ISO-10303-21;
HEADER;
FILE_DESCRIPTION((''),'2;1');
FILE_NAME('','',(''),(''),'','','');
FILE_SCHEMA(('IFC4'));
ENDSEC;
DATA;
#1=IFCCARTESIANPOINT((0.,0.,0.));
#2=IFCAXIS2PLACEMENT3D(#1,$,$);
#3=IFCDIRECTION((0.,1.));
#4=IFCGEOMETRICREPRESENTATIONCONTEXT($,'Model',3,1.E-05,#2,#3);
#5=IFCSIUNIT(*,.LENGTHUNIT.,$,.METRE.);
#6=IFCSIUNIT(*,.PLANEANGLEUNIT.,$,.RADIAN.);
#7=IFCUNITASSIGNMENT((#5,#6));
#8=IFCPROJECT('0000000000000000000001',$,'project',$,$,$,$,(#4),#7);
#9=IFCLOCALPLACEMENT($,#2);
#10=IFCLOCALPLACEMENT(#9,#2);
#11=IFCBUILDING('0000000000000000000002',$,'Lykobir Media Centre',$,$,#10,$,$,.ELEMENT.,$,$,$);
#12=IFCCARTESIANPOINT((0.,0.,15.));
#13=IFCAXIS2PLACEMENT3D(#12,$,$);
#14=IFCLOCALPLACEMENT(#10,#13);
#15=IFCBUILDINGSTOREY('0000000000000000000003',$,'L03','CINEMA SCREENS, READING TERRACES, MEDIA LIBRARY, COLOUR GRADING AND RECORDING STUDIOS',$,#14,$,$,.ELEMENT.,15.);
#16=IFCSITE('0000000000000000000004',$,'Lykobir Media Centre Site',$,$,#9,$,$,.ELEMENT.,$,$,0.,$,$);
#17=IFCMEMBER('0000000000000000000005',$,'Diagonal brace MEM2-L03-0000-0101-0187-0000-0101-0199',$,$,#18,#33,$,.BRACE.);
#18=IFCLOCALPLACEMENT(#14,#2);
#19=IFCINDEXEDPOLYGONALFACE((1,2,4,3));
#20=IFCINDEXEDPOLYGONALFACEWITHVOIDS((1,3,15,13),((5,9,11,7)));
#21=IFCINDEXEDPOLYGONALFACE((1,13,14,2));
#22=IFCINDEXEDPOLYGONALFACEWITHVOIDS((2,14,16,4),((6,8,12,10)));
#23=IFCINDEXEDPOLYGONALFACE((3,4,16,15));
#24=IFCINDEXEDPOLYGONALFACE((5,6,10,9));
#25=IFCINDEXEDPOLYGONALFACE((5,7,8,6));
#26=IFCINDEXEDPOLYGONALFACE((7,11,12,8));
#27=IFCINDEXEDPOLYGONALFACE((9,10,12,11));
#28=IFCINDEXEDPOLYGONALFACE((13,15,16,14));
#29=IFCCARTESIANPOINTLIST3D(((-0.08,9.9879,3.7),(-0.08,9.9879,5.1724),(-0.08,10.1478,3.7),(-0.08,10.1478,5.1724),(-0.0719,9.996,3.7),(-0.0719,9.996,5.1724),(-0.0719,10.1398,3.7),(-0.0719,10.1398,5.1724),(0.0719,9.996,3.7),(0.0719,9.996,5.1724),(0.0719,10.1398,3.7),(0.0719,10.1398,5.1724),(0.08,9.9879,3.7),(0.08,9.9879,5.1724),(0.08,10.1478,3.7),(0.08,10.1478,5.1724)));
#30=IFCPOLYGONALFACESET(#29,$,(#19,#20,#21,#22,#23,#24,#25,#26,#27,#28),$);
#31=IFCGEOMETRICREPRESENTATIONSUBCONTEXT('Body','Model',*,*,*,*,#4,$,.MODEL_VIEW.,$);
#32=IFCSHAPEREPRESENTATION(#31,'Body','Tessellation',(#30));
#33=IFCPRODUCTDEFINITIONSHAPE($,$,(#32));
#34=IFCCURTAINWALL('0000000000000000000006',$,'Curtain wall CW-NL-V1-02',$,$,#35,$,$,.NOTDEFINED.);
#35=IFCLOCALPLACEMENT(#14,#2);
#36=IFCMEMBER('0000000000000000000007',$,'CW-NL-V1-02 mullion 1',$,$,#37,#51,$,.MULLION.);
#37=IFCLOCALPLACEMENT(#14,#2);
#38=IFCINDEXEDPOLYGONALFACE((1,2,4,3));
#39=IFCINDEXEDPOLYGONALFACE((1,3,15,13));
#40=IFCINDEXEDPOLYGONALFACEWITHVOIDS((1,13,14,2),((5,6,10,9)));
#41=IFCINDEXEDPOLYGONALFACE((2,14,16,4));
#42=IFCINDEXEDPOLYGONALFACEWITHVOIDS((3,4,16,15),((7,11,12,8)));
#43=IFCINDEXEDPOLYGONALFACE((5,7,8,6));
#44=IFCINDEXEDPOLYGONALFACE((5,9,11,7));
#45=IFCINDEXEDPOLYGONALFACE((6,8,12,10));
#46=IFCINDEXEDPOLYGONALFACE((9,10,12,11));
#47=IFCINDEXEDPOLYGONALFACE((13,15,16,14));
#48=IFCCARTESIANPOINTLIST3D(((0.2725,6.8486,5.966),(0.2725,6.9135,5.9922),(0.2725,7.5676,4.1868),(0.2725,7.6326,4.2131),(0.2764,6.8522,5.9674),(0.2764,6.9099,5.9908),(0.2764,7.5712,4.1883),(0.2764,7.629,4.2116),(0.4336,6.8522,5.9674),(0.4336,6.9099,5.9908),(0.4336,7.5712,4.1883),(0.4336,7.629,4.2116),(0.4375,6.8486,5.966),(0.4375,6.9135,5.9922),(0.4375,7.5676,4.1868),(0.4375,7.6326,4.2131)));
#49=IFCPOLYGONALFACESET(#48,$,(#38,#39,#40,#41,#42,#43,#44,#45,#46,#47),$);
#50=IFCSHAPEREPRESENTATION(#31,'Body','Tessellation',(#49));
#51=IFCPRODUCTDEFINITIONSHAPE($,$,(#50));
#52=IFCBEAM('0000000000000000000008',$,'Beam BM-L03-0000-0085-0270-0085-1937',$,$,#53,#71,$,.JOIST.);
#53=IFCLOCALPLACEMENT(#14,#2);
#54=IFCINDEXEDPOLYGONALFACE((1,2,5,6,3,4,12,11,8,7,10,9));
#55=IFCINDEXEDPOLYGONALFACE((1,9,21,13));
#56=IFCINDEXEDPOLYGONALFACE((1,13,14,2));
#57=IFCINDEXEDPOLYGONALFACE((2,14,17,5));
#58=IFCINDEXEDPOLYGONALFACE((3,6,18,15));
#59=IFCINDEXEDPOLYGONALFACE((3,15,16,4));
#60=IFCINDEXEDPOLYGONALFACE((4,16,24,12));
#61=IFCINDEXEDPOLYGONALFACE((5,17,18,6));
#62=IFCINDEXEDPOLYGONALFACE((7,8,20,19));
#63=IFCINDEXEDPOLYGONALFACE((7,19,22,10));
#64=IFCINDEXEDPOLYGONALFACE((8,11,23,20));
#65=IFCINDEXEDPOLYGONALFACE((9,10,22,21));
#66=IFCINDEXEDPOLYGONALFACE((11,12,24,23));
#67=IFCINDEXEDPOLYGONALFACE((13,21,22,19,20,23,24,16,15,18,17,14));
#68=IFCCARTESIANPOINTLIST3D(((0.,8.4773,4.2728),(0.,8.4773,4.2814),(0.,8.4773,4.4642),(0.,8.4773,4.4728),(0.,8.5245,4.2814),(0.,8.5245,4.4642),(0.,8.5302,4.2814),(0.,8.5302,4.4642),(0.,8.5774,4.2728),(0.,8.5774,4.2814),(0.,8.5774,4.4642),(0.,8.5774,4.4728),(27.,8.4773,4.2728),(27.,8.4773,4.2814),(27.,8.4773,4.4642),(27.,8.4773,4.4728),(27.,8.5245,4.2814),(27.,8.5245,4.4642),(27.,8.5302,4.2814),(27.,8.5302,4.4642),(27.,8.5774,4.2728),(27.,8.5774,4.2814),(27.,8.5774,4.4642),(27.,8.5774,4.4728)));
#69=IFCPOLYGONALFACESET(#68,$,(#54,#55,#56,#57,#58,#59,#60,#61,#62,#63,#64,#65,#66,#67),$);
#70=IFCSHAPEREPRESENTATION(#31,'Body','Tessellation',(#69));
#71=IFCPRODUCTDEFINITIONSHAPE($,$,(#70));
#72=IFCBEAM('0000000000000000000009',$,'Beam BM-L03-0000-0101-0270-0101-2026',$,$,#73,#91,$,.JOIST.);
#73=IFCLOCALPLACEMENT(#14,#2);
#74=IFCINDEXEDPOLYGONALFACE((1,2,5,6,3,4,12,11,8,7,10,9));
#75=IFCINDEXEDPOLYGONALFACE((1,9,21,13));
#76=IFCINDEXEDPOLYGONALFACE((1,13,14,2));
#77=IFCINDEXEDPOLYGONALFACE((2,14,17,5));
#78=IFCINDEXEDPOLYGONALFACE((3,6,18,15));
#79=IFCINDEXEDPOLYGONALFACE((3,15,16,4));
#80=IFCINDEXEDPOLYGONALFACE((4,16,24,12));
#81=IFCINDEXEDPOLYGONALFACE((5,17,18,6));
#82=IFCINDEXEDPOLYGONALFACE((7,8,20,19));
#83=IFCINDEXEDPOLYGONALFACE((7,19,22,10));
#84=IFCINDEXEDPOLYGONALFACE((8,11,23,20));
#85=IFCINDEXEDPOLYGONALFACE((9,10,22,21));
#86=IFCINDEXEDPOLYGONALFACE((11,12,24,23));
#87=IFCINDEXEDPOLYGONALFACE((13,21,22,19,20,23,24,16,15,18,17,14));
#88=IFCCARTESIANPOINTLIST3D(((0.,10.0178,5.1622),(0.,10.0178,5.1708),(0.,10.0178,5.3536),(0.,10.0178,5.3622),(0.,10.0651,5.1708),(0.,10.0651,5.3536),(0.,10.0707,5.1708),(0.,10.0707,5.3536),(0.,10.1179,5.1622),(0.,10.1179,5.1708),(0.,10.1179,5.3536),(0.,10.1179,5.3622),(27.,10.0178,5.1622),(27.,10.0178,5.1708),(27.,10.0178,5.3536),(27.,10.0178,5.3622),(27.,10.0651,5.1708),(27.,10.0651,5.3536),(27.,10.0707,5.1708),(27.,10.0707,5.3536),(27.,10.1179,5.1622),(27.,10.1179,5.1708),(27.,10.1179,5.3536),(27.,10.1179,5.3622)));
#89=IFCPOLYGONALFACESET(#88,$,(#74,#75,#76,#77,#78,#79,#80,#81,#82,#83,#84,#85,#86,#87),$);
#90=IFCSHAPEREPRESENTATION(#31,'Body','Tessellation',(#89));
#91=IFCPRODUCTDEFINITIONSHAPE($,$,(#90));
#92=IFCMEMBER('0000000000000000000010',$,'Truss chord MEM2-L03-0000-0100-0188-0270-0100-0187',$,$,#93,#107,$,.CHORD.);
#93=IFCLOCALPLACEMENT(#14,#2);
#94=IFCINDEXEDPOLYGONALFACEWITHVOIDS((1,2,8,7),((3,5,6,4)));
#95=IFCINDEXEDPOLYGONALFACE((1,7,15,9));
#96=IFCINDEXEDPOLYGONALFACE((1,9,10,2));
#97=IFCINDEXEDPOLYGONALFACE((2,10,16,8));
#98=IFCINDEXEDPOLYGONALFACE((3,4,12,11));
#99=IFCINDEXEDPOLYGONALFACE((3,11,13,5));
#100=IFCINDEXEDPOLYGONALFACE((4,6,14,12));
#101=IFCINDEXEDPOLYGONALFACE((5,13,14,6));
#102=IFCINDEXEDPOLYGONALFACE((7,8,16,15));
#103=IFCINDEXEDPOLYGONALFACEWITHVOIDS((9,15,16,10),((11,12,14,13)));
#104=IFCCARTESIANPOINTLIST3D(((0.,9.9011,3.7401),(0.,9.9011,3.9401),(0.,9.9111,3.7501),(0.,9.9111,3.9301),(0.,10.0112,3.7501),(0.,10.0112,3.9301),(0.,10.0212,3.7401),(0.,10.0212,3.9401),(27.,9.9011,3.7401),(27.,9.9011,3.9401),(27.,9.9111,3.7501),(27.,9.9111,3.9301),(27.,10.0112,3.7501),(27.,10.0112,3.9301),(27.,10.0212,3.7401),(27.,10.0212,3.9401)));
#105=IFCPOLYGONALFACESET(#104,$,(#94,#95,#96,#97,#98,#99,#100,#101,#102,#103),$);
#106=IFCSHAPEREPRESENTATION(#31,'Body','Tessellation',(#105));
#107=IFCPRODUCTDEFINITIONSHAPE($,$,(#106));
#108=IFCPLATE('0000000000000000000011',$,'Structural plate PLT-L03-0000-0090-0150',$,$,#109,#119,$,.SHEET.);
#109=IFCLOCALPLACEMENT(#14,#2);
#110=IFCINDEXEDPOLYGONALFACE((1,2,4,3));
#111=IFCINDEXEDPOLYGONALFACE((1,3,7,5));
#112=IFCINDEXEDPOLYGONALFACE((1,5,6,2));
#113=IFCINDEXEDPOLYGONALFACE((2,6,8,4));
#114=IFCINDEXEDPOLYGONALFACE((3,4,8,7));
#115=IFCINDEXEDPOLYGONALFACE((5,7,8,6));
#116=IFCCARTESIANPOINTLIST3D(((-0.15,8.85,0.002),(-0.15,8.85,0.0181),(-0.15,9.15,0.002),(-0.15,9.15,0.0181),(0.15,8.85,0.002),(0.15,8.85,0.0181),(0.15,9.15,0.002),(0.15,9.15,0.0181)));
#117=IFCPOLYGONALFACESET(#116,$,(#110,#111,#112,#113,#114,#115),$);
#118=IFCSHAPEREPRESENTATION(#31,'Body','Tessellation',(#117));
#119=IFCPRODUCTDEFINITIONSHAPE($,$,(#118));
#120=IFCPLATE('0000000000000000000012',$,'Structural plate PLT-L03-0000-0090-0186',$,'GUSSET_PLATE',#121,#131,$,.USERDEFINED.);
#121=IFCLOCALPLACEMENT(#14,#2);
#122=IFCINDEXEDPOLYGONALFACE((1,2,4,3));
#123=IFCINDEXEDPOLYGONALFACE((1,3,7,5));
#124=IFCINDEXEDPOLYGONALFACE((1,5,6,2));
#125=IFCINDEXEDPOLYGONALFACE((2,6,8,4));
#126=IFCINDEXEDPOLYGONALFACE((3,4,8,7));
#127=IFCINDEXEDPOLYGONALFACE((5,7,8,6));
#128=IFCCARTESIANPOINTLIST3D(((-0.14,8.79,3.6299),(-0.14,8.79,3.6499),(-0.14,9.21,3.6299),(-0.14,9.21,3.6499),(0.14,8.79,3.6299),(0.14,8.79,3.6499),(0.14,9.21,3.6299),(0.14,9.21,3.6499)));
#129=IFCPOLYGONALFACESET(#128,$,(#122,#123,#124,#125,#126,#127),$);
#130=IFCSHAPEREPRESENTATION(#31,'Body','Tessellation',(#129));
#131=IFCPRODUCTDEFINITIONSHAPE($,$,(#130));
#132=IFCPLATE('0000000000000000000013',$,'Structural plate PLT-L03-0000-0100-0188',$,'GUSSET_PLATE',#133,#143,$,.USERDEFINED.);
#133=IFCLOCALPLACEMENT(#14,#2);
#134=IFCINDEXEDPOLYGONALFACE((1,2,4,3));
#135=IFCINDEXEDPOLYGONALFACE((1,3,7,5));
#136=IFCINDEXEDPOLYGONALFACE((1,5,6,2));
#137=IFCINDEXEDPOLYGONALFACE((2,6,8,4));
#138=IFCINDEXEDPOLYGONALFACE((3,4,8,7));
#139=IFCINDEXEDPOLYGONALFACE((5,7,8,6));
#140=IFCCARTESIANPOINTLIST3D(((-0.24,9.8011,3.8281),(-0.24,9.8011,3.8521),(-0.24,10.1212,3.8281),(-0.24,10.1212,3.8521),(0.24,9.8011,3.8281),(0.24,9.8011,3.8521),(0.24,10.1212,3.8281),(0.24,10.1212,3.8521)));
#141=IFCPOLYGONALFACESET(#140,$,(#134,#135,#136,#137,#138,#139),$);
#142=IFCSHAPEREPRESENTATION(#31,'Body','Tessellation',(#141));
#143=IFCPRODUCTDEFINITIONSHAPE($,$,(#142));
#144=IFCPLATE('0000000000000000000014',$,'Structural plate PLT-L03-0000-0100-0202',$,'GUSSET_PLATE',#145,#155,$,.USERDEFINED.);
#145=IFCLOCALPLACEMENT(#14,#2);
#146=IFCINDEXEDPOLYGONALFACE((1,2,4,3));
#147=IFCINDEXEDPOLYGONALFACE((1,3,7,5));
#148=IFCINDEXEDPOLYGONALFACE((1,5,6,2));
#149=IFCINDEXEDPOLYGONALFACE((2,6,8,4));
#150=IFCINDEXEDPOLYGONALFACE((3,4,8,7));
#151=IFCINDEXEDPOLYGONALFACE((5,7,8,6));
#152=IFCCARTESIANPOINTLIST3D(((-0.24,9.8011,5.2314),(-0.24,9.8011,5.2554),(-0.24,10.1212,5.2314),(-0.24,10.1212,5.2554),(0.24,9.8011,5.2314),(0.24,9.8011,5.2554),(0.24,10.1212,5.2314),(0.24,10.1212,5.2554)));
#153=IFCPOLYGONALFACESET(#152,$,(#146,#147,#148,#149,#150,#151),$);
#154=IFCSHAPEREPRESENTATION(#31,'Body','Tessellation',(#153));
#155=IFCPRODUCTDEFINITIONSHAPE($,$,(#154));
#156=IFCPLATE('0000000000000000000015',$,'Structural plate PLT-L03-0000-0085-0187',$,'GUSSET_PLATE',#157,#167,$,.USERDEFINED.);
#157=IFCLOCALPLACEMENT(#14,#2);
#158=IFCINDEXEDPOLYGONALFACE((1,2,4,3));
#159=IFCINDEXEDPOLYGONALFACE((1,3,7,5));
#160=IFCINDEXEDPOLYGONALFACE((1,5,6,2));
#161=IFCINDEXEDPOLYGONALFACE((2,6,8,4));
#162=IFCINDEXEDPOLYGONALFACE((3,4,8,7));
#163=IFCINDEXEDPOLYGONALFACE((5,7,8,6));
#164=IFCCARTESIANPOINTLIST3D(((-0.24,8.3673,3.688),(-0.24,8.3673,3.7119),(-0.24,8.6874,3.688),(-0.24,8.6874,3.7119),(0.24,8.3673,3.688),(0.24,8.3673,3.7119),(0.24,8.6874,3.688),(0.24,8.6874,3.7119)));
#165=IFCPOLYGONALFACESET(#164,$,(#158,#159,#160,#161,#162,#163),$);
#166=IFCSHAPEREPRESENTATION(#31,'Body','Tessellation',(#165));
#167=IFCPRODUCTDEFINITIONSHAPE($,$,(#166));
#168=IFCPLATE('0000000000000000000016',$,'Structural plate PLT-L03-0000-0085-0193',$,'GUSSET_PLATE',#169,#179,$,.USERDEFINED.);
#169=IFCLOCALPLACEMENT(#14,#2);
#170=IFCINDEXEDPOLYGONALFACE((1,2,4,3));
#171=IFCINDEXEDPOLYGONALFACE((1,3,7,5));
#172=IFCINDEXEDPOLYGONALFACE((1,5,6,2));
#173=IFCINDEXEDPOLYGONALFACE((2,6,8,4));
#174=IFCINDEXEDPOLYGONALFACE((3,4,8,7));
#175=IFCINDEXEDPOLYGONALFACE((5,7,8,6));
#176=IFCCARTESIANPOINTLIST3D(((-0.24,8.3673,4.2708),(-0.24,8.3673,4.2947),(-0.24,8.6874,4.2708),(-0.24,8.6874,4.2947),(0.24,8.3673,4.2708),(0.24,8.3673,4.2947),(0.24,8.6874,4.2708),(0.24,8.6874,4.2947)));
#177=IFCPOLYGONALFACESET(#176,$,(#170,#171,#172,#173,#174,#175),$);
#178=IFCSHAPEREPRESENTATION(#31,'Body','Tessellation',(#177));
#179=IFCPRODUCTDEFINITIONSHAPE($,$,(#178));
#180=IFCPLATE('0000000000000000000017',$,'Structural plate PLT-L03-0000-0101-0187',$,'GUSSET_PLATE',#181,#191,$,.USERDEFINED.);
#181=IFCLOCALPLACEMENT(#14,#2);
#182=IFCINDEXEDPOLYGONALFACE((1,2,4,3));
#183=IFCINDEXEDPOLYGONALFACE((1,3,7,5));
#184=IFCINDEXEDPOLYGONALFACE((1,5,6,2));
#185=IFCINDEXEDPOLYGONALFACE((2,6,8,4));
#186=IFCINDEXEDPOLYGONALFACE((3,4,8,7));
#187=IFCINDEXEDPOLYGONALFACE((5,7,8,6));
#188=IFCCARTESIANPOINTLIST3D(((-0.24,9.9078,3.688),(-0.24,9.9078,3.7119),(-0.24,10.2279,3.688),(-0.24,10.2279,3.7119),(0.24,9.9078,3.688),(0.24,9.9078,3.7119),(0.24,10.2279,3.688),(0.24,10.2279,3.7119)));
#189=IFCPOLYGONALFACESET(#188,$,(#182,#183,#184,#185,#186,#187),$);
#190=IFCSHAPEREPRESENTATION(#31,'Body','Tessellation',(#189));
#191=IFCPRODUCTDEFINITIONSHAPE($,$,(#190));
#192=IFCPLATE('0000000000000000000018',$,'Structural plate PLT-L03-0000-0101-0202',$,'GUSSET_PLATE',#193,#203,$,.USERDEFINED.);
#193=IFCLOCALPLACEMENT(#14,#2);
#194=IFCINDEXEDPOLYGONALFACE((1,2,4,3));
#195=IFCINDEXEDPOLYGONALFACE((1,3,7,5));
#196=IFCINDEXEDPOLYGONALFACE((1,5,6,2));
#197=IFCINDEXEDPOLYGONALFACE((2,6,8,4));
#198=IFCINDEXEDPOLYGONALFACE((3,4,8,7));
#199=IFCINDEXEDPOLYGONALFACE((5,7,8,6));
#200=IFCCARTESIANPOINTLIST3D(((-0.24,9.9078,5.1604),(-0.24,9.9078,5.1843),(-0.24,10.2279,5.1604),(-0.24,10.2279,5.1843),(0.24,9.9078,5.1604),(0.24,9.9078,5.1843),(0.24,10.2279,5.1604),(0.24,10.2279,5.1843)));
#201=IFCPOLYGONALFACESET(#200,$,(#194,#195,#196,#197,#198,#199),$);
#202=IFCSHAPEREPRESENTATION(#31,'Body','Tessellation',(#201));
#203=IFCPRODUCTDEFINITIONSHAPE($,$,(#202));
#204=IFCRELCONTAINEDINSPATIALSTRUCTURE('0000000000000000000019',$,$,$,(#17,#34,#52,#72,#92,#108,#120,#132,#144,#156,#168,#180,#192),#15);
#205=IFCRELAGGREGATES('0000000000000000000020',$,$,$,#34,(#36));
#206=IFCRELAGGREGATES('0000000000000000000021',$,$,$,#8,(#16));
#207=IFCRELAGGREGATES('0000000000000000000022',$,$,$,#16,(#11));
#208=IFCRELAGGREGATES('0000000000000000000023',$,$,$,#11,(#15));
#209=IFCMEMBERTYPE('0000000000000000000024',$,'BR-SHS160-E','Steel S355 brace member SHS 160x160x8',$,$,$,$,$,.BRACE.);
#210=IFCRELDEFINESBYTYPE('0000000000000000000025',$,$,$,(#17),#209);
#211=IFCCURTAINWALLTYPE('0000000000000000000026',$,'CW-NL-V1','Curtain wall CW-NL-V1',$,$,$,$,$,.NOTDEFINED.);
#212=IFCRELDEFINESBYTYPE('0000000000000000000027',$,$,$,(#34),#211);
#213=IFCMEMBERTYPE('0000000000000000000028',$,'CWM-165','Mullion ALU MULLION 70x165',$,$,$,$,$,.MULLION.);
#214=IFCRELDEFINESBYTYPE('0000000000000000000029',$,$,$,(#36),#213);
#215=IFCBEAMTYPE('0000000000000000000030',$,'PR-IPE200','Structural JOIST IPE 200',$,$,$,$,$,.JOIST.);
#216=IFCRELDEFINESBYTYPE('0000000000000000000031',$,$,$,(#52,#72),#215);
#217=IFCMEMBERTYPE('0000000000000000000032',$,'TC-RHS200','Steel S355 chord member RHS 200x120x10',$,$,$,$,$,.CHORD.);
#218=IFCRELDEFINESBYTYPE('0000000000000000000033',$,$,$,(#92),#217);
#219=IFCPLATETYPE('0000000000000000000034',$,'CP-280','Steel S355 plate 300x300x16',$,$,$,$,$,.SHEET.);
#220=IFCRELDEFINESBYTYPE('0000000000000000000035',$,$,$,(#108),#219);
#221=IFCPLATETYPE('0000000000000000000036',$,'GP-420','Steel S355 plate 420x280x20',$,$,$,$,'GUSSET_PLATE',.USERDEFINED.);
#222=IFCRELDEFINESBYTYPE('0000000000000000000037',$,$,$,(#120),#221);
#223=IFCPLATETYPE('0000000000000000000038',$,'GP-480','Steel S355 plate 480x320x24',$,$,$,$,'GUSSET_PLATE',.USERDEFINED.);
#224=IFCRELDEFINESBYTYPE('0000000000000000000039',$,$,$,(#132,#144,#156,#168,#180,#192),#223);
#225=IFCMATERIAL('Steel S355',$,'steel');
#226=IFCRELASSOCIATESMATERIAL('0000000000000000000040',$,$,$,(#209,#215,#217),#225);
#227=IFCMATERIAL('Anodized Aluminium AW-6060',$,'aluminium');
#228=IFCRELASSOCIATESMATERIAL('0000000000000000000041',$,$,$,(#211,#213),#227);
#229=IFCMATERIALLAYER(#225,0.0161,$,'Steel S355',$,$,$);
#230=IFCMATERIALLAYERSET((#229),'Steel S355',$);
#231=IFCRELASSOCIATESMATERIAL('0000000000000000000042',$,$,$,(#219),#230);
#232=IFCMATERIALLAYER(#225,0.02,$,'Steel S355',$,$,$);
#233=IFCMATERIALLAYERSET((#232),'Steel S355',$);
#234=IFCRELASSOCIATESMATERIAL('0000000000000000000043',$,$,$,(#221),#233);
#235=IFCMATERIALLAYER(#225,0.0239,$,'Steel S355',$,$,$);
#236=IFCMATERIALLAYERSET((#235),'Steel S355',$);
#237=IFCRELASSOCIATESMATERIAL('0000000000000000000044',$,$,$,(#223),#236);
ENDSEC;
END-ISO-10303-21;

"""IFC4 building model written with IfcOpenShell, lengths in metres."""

from ifc_helpers import new_model, si_unit, direction, frame, origin, origin_2d, place, context, subcontext, project, spatial, rectangle, hollow_rectangle, i_section, extrude, material, layer, layer_set, material_profile, profile_set, type_object, element, aggregate, save


model = new_model("IFC4")

# Units and contexts
model_context = context("Model", 3, precision=1e-05, world=origin(), true_north=direction((0.0, 1.0)))
body_context = subcontext(model_context, "Body", "Model", "MODEL_VIEW")
ifc_project = project(units=[si_unit("LENGTHUNIT", "METRE"), si_unit("PLANEANGLEUNIT", "RADIAN")], contexts=[model_context])

# Site, building, storey
site_placement = place(None, origin())
site = spatial("IfcSite", under=ifc_project, at=site_placement, Name="Lykobir Media Centre Site", CompositionType="ELEMENT", RefElevation=0.0)
building_placement = place(site_placement, origin())
building = spatial("IfcBuilding", under=site, at=building_placement, Name="Lykobir Media Centre", CompositionType="ELEMENT")
storey_placement = place(building_placement, frame((0.0, 0.0, 15.0)))
storey = spatial("IfcBuildingStorey", under=building, at=storey_placement, Name="L03", Description="CINEMA SCREENS, READING TERRACES, MEDIA LIBRARY, COLOUR GRADING AND RECORDING STUDIOS", CompositionType="ELEMENT", Elevation=15.0)

# Shared definitions
ifc_material_1 = material(Name="Steel S355", Category="steel")

# Member
ifc_material_profile_1 = material_profile(ifc_material_1, hollow_rectangle(XDim=0.1599, YDim=0.1599, WallThickness=0.0081, at=origin_2d()), Name="SHS 160x160x8")
ifc_profile_set_1 = profile_set([ifc_material_profile_1], Name="Steel S355")
member_type_1 = type_object("IfcMemberType", Name="BR-SHS160-E", Description="Steel S355 brace member SHS 160x160x8", PredefinedType="BRACE", material=ifc_profile_set_1)
member_1_placement = place(storey_placement, frame((0.0, 10.0679, 3.7), z_axis=(0.0, 0.0, 1.0), x_axis=(1.0, 0.0, 0.0)))
element("IfcMember", 1, at=member_1_placement, inside=storey, type_object=member_type_1, Name="Diagonal brace MEM2-L03-0000-0101-0187-0000-0101-0199", PredefinedType="BRACE", context=body_context, shape_type="SweptSolid", body=[
    extrude(hollow_rectangle(XDim=0.1599, YDim=0.1599, WallThickness=0.0081, at=origin_2d()), origin(), (0.0, 0.0, 1.0), 1.4724),
])

# Curtain wall, member
ifc_material_2 = material(Name="Anodized Aluminium AW-6060", Category="aluminium")
curtain_wall_type = type_object("IfcCurtainWallType", Name="CW-NL-V1", Description="Curtain wall CW-NL-V1", PredefinedType="NOTDEFINED", material=ifc_material_2)
curtain_wall_placement = place(storey_placement, origin())
curtain_wall = element("IfcCurtainWall", 2, at=curtain_wall_placement, inside=storey, type_object=curtain_wall_type, Name="Curtain wall CW-NL-V1-02", PredefinedType="NOTDEFINED")
ifc_material_profile_2 = material_profile(ifc_material_2, hollow_rectangle(XDim=0.0701, YDim=0.165, WallThickness=0.0039, at=origin_2d()), Name="ALU MULLION 70x165")
ifc_profile_set_2 = profile_set([ifc_material_profile_2], Name="Anodized Aluminium AW-6060")
member_type_2 = type_object("IfcMemberType", Name="CWM-165", Description="Mullion ALU MULLION 70x165", PredefinedType="MULLION", material=ifc_profile_set_2)
member_2_placement = place(storey_placement, frame((0.355, 7.6001, 4.2), z_axis=(0.0, -0.374701, 0.927146), x_axis=(0.0, 0.927146, 0.374701)))
member_2 = element("IfcMember", 3, at=member_2_placement, type_object=member_type_2, Name="CW-NL-V1-02 mullion 1", PredefinedType="MULLION", context=body_context, shape_type="SweptSolid", body=[
    extrude(hollow_rectangle(XDim=0.0701, YDim=0.165, WallThickness=0.0039, at=origin_2d()), origin(), (0.0, 0.0, 1.0), 1.9189),
])
aggregate(curtain_wall, [member_2])

# Beams
ifc_material_profile_3 = material_profile(ifc_material_1, i_section(OverallWidth=0.1001, OverallDepth=0.2, WebThickness=0.0056, FlangeThickness=0.0085, at=origin_2d()), Name="IPE 200")
ifc_profile_set_3 = profile_set([ifc_material_profile_3], Name="Steel S355")
beam_type_1 = type_object("IfcBeamType", Name="PR-IPE200", Description="Structural JOIST IPE 200", PredefinedType="JOIST", material=ifc_profile_set_3)
for number, where, z_axis, x_axis, name in (
    (4, (0.0, 8.5273, 4.3728), (1.0, 0.0, 0.0), (0.0, 1.0, 0.0), "Beam BM-L03-0000-0085-0270-0085-1937"),
    (5, (0.0, 10.0679, 5.2622), (1.0, 0.0, 0.0), (0.0, 1.0, 0.0), "Beam BM-L03-0000-0101-0270-0101-2026"),
):
    element("IfcBeam", number, at=place(storey_placement, frame(where, z_axis=z_axis, x_axis=x_axis)), inside=storey, type_object=beam_type_1, Name=name, PredefinedType="JOIST", context=body_context, shape_type="SweptSolid", body=[
        extrude(i_section(OverallWidth=0.1001, OverallDepth=0.2, WebThickness=0.0056, FlangeThickness=0.0085, at=origin_2d()), origin(), (0.0, 0.0, 1.0), 27.0),
    ])

# Member
ifc_material_profile_4 = material_profile(ifc_material_1, hollow_rectangle(XDim=0.1201, YDim=0.2, WallThickness=0.01, at=origin_2d()), Name="RHS 200x120x10")
ifc_profile_set_4 = profile_set([ifc_material_profile_4], Name="Steel S355")
member_type_3 = type_object("IfcMemberType", Name="TC-RHS200", Description="Steel S355 chord member RHS 200x120x10", PredefinedType="CHORD", material=ifc_profile_set_4)
member_3_placement = place(storey_placement, frame((0.0, 9.9612, 3.8401), z_axis=(1.0, 0.0, 0.0), x_axis=(0.0, 1.0, 0.0)))
element("IfcMember", 6, at=member_3_placement, inside=storey, type_object=member_type_3, Name="Truss chord MEM2-L03-0000-0100-0188-0270-0100-0187", PredefinedType="CHORD", context=body_context, shape_type="SweptSolid", body=[
    extrude(hollow_rectangle(XDim=0.1201, YDim=0.2, WallThickness=0.01, at=origin_2d()), origin(), (0.0, 0.0, 1.0), 27.0),
])

# Plates
ifc_layer_1 = layer(ifc_material_1, 0.0161, Name="Steel S355")
ifc_layer_set_1 = layer_set([ifc_layer_1], Name="Steel S355")
plate_type_1 = type_object("IfcPlateType", Name="CP-280", Description="Steel S355 plate 300x300x16", PredefinedType="SHEET", material=ifc_layer_set_1)
plate_1_placement = place(storey_placement, frame((0.0, 9.0, 0.002), z_axis=(0.0, 0.0, 1.0), x_axis=(0.0, 1.0, 0.0)))
element("IfcPlate", 7, at=plate_1_placement, inside=storey, type_object=plate_type_1, Name="Structural plate PLT-L03-0000-0090-0150", PredefinedType="SHEET", context=body_context, shape_type="SweptSolid", body=[
    extrude(rectangle(XDim=0.3, YDim=0.3, at=origin_2d()), origin(), (0.0, 0.0, 1.0), 0.0161),
])
ifc_layer_2 = layer(ifc_material_1, 0.02, Name="Steel S355")
ifc_layer_set_2 = layer_set([ifc_layer_2], Name="Steel S355")
plate_type_2 = type_object("IfcPlateType", Name="GP-420", Description="Steel S355 plate 420x280x20", ElementType="GUSSET_PLATE", PredefinedType="USERDEFINED", material=ifc_layer_set_2)
plate_2_placement = place(storey_placement, frame((0.0, 9.0, 3.6299), z_axis=(0.0, 0.0, 1.0), x_axis=(0.0, 1.0, 0.0)))
element("IfcPlate", 8, at=plate_2_placement, inside=storey, type_object=plate_type_2, Name="Structural plate PLT-L03-0000-0090-0186", ObjectType="GUSSET_PLATE", PredefinedType="USERDEFINED", context=body_context, shape_type="SweptSolid", body=[
    extrude(rectangle(XDim=0.4199, YDim=0.28, at=origin_2d()), origin(), (0.0, 0.0, 1.0), 0.02),
])
ifc_layer_3 = layer(ifc_material_1, 0.0239, Name="Steel S355")
ifc_layer_set_3 = layer_set([ifc_layer_3], Name="Steel S355")
plate_type_3 = type_object("IfcPlateType", Name="GP-480", Description="Steel S355 plate 480x320x24", ElementType="GUSSET_PLATE", PredefinedType="USERDEFINED", material=ifc_layer_set_3)
for number, where, z_axis, x_axis, name in (
    (9, (0.0, 9.9612, 3.8281), (0.0, 0.0, 1.0), (1.0, 0.0, 0.0), "Structural plate PLT-L03-0000-0100-0188"),
    (10, (0.0, 9.9612, 5.2314), (0.0, 0.0, 1.0), (1.0, 0.0, 0.0), "Structural plate PLT-L03-0000-0100-0202"),
    (11, (0.0, 8.5273, 3.688), (0.0, 0.0, 1.0), (1.0, 0.0, 0.0), "Structural plate PLT-L03-0000-0085-0187"),
    (12, (0.0, 8.5273, 4.2708), (0.0, 0.0, 1.0), (1.0, 0.0, 0.0), "Structural plate PLT-L03-0000-0085-0193"),
    (13, (0.0, 10.0679, 3.688), (0.0, 0.0, 1.0), (1.0, 0.0, 0.0), "Structural plate PLT-L03-0000-0101-0187"),
    (14, (0.0, 10.0679, 5.1604), (0.0, 0.0, 1.0), (1.0, 0.0, 0.0), "Structural plate PLT-L03-0000-0101-0202"),
):
    element("IfcPlate", number, at=place(storey_placement, frame(where, z_axis=z_axis, x_axis=x_axis)), inside=storey, type_object=plate_type_3, Name=name, ObjectType="GUSSET_PLATE", PredefinedType="USERDEFINED", context=body_context, shape_type="SweptSolid", body=[
        extrude(rectangle(XDim=0.48, YDim=0.3201, at=origin_2d()), origin(), (0.0, 0.0, 1.0), 0.0239),
    ])

save(model, "model.ifc")
